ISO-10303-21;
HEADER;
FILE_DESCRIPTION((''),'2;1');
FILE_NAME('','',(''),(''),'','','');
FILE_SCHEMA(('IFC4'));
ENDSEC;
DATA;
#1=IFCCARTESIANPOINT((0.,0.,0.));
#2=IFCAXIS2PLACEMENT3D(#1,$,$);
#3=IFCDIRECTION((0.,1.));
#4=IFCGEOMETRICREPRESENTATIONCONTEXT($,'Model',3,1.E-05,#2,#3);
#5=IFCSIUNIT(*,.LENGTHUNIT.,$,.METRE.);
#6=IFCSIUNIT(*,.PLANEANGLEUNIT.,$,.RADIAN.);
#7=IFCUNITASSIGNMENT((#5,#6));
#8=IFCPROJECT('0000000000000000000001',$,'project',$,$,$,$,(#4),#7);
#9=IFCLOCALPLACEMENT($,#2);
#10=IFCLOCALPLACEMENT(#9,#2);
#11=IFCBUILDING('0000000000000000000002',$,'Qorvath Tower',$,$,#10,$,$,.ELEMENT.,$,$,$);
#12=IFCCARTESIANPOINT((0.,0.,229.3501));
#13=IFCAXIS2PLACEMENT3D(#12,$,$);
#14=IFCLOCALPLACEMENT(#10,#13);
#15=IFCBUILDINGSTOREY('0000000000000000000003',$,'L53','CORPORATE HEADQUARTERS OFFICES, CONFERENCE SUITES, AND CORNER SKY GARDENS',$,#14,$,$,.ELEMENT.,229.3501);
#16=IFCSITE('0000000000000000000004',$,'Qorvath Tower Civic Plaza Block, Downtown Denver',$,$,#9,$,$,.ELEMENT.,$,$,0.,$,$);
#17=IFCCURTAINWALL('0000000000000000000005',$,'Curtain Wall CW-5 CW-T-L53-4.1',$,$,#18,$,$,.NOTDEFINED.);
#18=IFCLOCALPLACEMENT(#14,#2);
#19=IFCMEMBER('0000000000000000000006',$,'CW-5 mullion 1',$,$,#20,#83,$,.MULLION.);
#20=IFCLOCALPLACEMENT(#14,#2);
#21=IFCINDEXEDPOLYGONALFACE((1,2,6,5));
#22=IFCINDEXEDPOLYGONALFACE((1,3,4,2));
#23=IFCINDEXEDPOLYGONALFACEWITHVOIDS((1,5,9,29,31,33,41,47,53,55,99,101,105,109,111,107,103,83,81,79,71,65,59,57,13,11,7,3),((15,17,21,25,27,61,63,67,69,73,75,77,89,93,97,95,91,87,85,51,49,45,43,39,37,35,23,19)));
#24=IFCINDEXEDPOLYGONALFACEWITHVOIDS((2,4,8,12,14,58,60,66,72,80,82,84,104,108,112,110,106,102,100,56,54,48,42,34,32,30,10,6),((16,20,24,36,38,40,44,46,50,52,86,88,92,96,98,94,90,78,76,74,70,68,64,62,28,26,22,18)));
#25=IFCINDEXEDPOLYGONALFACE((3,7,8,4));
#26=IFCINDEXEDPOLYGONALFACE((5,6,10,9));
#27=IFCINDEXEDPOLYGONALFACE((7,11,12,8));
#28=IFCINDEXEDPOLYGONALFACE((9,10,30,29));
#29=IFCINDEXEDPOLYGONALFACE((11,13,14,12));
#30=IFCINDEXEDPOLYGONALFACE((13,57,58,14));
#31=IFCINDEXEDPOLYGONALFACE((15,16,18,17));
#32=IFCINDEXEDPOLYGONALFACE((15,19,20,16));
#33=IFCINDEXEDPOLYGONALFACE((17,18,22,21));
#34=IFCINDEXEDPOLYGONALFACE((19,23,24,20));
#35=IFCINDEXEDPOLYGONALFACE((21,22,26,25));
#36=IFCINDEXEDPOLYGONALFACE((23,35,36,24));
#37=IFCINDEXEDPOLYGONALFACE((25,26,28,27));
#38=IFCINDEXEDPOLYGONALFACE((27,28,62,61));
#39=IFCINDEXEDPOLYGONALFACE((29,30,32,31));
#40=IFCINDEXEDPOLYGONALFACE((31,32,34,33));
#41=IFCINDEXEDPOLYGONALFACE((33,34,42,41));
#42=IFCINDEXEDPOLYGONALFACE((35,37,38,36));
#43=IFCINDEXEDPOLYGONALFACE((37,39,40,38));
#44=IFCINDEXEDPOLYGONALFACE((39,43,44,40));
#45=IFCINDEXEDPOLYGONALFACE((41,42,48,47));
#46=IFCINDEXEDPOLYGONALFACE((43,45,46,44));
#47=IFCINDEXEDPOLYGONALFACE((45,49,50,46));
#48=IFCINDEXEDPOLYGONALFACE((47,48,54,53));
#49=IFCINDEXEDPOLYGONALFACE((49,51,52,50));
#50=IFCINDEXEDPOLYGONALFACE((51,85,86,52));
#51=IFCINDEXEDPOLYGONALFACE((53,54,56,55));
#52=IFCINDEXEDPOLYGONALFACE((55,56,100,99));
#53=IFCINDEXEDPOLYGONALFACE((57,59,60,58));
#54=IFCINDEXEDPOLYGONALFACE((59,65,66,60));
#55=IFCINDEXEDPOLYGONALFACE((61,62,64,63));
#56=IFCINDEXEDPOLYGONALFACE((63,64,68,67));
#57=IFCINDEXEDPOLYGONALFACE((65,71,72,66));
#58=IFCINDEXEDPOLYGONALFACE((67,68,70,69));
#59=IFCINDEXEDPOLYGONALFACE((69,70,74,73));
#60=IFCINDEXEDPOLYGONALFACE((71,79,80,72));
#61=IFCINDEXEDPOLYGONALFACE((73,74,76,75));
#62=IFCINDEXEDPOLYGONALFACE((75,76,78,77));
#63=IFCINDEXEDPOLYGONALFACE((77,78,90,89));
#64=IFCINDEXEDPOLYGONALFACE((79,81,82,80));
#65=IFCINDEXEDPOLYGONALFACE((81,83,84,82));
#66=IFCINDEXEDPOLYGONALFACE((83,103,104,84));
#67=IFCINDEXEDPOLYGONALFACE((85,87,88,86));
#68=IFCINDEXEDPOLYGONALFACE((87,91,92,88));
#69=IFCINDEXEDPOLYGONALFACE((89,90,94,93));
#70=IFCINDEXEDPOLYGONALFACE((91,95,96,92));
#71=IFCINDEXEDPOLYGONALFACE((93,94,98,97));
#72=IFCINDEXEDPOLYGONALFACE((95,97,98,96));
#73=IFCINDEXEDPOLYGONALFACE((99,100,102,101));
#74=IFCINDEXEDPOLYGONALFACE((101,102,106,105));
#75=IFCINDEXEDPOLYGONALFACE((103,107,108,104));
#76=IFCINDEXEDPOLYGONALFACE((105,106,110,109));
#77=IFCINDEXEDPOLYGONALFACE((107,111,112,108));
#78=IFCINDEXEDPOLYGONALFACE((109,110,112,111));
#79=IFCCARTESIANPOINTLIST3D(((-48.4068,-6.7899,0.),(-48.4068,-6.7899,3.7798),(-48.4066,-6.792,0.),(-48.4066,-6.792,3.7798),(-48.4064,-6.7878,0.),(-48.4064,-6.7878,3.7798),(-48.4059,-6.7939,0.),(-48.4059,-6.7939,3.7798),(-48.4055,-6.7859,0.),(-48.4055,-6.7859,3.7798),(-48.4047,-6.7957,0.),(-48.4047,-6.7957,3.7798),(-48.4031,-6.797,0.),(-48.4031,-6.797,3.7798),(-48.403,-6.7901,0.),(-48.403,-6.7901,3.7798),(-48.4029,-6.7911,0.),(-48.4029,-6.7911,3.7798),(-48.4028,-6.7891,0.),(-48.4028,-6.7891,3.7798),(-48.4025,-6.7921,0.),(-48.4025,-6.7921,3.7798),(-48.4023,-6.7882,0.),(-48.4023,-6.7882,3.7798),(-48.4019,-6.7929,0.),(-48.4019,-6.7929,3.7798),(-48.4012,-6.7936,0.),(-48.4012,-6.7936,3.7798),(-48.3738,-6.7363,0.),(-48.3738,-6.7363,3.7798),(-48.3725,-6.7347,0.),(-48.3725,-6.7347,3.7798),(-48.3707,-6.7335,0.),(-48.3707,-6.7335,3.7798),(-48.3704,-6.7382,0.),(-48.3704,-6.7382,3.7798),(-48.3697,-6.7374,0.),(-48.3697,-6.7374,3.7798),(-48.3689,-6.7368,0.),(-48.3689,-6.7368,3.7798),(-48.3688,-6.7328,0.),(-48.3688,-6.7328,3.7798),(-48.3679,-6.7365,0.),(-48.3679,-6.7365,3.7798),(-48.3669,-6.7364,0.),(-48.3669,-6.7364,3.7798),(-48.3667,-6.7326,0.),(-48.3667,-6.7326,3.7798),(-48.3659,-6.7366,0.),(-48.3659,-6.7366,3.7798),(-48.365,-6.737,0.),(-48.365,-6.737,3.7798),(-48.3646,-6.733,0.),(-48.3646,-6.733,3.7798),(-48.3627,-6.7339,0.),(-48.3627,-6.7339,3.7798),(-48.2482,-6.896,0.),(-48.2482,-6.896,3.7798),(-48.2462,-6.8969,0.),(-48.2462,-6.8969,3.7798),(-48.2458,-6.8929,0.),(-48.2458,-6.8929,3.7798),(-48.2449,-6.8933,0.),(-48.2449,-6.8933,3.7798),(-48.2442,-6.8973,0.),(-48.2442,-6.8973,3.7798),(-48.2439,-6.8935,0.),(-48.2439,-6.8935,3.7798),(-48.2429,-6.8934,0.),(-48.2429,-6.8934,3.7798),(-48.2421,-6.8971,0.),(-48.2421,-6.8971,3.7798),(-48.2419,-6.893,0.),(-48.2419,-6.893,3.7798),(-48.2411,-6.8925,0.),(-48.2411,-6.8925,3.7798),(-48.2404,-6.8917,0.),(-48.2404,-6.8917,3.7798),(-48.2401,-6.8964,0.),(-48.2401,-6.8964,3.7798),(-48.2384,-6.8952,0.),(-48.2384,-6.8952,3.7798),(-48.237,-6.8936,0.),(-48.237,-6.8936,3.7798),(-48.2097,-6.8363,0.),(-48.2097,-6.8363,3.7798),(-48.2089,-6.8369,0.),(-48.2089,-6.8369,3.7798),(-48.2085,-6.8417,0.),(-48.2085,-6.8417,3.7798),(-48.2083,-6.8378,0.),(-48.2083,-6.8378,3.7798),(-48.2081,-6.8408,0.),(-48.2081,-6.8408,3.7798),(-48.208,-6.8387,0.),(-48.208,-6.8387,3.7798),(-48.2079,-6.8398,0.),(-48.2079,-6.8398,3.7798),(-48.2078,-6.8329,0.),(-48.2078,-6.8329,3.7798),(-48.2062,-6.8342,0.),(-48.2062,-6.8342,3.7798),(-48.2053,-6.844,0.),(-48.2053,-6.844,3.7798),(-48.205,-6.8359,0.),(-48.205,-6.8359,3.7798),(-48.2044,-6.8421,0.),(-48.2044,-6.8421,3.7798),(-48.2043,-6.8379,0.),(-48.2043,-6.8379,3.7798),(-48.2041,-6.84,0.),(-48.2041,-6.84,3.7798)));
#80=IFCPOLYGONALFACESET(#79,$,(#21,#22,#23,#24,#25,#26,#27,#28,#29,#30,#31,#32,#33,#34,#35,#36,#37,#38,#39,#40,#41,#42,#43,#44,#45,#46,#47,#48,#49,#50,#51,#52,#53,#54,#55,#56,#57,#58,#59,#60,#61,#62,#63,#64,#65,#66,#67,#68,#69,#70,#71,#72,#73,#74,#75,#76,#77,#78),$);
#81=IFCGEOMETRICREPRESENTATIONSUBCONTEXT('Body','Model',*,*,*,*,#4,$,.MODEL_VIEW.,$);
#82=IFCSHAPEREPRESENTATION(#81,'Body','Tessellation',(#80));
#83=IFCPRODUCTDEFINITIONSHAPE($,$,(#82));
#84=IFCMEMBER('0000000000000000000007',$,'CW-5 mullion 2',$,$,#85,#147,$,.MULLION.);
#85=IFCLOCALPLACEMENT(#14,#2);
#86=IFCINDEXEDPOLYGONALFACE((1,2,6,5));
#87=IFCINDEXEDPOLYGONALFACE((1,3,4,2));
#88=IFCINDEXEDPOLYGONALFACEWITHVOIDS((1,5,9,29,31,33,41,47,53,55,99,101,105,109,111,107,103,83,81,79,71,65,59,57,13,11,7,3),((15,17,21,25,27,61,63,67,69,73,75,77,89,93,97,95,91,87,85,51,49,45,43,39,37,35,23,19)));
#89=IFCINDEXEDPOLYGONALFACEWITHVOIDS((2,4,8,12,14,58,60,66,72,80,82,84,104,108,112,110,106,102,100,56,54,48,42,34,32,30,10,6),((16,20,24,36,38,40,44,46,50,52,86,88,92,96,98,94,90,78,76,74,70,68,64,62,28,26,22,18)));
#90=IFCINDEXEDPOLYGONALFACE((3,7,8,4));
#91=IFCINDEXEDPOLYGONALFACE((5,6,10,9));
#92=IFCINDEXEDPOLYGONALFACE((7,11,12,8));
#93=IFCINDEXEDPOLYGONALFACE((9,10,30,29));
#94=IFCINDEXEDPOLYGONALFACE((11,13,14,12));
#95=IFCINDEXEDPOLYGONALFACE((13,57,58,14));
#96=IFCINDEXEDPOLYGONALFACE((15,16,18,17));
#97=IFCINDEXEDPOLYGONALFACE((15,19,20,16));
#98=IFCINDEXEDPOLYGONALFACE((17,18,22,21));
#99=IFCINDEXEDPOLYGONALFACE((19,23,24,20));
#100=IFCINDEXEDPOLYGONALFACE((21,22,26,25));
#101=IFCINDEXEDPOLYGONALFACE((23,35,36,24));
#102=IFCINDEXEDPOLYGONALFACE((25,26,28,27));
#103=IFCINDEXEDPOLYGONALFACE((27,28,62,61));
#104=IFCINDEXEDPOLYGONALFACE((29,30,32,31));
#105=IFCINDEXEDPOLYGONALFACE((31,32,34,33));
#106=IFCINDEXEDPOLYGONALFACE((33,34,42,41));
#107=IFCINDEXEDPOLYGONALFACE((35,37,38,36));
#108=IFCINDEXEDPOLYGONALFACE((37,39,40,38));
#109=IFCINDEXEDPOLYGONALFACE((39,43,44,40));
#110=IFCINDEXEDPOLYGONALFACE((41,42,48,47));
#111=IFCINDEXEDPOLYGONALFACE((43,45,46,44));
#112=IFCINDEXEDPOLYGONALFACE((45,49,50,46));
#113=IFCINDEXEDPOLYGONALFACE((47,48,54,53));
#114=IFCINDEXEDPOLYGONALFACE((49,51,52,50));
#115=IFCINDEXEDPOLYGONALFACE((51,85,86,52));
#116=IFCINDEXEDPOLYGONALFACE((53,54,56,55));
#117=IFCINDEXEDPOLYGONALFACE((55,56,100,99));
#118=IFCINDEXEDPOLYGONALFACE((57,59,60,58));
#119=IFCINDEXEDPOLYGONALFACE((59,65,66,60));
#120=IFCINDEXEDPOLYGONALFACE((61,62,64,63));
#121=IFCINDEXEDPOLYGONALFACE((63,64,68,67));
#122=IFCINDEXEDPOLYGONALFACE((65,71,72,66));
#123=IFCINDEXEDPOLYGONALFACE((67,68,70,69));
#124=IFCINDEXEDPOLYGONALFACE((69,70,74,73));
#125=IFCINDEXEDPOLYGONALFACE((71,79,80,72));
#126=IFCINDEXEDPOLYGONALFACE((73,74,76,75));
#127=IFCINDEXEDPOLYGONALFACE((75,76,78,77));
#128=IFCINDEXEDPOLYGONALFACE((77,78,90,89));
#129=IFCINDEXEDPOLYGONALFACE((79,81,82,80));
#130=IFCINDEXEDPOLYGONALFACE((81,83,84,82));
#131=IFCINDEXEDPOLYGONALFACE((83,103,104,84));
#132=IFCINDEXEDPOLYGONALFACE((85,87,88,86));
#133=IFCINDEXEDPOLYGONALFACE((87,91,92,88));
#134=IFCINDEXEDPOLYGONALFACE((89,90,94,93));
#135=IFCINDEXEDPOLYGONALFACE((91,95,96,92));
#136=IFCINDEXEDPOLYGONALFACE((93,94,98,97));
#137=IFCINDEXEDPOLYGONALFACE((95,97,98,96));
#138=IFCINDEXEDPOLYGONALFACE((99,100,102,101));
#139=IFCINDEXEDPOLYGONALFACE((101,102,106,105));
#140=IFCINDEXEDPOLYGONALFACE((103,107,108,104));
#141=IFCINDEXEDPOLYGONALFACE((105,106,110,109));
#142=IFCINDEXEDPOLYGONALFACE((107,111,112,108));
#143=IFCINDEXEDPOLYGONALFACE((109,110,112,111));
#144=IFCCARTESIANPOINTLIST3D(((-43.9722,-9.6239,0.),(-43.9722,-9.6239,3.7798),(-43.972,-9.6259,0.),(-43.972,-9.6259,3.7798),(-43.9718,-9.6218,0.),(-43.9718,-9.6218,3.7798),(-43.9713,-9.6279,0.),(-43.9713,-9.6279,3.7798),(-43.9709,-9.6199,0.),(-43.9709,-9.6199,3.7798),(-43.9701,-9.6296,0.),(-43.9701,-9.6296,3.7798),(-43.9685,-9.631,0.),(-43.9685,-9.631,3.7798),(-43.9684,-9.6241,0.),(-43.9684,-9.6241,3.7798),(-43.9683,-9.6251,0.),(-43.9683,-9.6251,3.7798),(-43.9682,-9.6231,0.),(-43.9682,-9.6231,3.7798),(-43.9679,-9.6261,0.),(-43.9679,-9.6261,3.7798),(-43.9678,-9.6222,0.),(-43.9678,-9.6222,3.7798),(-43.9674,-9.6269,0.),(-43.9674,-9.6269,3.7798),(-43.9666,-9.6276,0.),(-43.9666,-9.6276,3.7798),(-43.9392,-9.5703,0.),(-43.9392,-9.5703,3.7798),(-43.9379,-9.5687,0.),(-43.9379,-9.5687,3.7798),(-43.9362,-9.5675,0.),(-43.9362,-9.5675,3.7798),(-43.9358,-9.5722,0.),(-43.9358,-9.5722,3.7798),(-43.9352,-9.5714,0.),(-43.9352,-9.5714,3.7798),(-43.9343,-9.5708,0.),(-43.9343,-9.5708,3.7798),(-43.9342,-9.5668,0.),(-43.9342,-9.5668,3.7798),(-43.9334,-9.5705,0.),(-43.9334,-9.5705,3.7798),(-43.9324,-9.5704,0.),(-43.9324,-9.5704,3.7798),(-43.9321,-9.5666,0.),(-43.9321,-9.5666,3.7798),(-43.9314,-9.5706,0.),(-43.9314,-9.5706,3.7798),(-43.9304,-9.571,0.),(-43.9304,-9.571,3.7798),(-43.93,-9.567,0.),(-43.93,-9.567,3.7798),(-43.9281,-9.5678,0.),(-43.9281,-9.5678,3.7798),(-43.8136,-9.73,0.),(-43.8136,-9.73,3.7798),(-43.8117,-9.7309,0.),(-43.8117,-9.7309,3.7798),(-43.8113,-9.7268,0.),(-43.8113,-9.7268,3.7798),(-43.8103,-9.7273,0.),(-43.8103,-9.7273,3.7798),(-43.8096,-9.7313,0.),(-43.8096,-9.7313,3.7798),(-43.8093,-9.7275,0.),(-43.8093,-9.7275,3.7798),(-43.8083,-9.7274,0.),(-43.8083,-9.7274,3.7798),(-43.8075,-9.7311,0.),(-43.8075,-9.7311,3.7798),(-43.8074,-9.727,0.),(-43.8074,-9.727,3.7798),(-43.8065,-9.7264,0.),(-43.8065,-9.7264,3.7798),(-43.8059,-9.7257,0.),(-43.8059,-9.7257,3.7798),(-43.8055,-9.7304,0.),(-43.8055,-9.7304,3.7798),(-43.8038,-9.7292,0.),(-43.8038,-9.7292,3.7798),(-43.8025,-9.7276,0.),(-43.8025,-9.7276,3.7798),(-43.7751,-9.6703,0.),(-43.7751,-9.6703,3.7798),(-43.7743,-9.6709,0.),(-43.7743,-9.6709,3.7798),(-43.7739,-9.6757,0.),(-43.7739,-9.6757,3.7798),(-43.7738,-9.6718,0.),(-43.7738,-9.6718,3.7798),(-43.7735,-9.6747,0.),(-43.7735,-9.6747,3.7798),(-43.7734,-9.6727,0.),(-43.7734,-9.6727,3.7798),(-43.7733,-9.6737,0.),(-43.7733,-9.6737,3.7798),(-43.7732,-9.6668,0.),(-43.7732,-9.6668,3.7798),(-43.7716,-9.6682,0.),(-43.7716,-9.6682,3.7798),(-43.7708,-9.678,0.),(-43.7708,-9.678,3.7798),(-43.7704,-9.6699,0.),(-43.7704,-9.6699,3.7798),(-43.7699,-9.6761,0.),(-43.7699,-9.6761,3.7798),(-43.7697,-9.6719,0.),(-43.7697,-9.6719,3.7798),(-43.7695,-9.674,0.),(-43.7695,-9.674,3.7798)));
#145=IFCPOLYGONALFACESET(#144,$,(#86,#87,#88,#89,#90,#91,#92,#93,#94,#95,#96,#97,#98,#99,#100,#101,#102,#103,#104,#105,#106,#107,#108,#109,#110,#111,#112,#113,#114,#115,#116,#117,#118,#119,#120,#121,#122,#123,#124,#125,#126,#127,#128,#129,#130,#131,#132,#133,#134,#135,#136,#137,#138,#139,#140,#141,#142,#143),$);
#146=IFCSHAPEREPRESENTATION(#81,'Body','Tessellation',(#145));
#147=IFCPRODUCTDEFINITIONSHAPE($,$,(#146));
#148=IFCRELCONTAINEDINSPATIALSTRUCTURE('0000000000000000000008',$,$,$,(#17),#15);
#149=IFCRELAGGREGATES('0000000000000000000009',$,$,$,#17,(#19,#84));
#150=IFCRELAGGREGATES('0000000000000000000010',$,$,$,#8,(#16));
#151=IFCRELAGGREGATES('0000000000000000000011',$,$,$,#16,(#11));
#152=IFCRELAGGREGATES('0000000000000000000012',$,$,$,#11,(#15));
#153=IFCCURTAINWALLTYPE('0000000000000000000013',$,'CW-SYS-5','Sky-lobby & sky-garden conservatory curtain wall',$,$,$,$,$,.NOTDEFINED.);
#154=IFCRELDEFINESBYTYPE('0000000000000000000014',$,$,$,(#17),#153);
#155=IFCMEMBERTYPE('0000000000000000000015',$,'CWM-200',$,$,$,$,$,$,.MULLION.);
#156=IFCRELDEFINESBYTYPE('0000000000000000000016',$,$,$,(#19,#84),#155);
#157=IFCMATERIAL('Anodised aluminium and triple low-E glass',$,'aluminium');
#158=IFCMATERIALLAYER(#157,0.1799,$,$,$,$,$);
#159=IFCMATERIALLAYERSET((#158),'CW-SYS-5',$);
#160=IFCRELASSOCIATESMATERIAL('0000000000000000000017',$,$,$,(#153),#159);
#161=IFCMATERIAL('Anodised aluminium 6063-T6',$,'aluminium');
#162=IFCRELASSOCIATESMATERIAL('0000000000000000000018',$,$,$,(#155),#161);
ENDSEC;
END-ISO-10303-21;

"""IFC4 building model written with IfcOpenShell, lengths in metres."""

from ifc_helpers import new_model, si_unit, direction, frame, origin, origin_2d, place, context, subcontext, project, spatial, hollow_rectangle, extrude, material, layer, layer_set, material_profile, profile_set, type_object, element, aggregate, save


model = new_model("IFC4")

# Units and contexts
model_context = context("Model", 3, precision=1e-05, world=origin(), true_north=direction((0.0, 1.0)))
body_context = subcontext(model_context, "Body", "Model", "MODEL_VIEW")
ifc_project = project(units=[si_unit("LENGTHUNIT", "METRE"), si_unit("PLANEANGLEUNIT", "RADIAN")], contexts=[model_context])

# Site, building, storey
site_placement = place(None, origin())
site = spatial("IfcSite", under=ifc_project, at=site_placement, Name="Qorvath Tower Civic Plaza Block, Downtown Denver", CompositionType="ELEMENT", RefElevation=0.0)
building_placement = place(site_placement, origin())
building = spatial("IfcBuilding", under=site, at=building_placement, Name="Qorvath Tower", CompositionType="ELEMENT")
storey_placement = place(building_placement, frame((0.0, 0.0, 229.3501)))
storey = spatial("IfcBuildingStorey", under=building, at=storey_placement, Name="L53", Description="CORPORATE HEADQUARTERS OFFICES, CONFERENCE SUITES, AND CORNER SKY GARDENS", CompositionType="ELEMENT", Elevation=229.3501)

# Curtain wall, members
ifc_material_1 = material(Name="Anodised aluminium and triple low-E glass", Category="aluminium")
ifc_layer_1 = layer(ifc_material_1, 0.1799)
ifc_layer_set_1 = layer_set([ifc_layer_1], Name="CW-SYS-5")
curtain_wall_type = type_object("IfcCurtainWallType", Name="CW-SYS-5", Description="Sky-lobby & sky-garden conservatory curtain wall", PredefinedType="NOTDEFINED", material=ifc_layer_set_1)
ifc_material_2 = material(Name="Anodised aluminium 6063-T6", Category="aluminium")
ifc_material_profile_1 = material_profile(ifc_material_2, hollow_rectangle(XDim=0.075, YDim=0.2, WallThickness=0.0039, InnerFilletRadius=0.0039, OuterFilletRadius=0.0081, at=origin_2d()), Name="CWM 200x75")
ifc_profile_set_1 = profile_set([ifc_material_profile_1], Name="Anodised aluminium 6063-T6")
member_type_1 = type_object("IfcMemberType", Name="CWM-200", PredefinedType="MULLION", material=ifc_profile_set_1)
curtain_wall_1_placement = place(storey_placement, origin())
curtain_wall_1 = element("IfcCurtainWall", 1, at=curtain_wall_1_placement, inside=storey, type_object=curtain_wall_type, Name="Curtain Wall CW-5 CW-T-L53-4.1", PredefinedType="NOTDEFINED")
member_1_placement = place(storey_placement, frame((-48.3054, -6.8149, 0.0), z_axis=(0.0, 0.0, 1.0), x_axis=(0.538529, 0.842607, 0.0)))
member_1 = element("IfcMember", 2, at=member_1_placement, type_object=member_type_1, Name="CW-5 mullion 1", PredefinedType="MULLION", context=body_context, shape_type="SweptSolid", body=[
    extrude(hollow_rectangle(XDim=0.075, YDim=0.2, WallThickness=0.0039, InnerFilletRadius=0.0039, OuterFilletRadius=0.0081, at=origin_2d()), origin(), (0.0, 0.0, 1.0), 3.7798),
])
member_2_placement = place(storey_placement, frame((-43.8708, -9.6489, 0.0), z_axis=(0.0, 0.0, 1.0), x_axis=(0.538529, 0.842607, 0.0)))
member_2 = element("IfcMember", 3, at=member_2_placement, type_object=member_type_1, Name="CW-5 mullion 2", PredefinedType="MULLION", context=body_context, shape_type="SweptSolid", body=[
    extrude(hollow_rectangle(XDim=0.075, YDim=0.2, WallThickness=0.0039, InnerFilletRadius=0.0039, OuterFilletRadius=0.0081, at=origin_2d()), origin(), (0.0, 0.0, 1.0), 3.7798),
])

aggregate(curtain_wall_1, [member_1, member_2])

save(model, "model.ifc")
